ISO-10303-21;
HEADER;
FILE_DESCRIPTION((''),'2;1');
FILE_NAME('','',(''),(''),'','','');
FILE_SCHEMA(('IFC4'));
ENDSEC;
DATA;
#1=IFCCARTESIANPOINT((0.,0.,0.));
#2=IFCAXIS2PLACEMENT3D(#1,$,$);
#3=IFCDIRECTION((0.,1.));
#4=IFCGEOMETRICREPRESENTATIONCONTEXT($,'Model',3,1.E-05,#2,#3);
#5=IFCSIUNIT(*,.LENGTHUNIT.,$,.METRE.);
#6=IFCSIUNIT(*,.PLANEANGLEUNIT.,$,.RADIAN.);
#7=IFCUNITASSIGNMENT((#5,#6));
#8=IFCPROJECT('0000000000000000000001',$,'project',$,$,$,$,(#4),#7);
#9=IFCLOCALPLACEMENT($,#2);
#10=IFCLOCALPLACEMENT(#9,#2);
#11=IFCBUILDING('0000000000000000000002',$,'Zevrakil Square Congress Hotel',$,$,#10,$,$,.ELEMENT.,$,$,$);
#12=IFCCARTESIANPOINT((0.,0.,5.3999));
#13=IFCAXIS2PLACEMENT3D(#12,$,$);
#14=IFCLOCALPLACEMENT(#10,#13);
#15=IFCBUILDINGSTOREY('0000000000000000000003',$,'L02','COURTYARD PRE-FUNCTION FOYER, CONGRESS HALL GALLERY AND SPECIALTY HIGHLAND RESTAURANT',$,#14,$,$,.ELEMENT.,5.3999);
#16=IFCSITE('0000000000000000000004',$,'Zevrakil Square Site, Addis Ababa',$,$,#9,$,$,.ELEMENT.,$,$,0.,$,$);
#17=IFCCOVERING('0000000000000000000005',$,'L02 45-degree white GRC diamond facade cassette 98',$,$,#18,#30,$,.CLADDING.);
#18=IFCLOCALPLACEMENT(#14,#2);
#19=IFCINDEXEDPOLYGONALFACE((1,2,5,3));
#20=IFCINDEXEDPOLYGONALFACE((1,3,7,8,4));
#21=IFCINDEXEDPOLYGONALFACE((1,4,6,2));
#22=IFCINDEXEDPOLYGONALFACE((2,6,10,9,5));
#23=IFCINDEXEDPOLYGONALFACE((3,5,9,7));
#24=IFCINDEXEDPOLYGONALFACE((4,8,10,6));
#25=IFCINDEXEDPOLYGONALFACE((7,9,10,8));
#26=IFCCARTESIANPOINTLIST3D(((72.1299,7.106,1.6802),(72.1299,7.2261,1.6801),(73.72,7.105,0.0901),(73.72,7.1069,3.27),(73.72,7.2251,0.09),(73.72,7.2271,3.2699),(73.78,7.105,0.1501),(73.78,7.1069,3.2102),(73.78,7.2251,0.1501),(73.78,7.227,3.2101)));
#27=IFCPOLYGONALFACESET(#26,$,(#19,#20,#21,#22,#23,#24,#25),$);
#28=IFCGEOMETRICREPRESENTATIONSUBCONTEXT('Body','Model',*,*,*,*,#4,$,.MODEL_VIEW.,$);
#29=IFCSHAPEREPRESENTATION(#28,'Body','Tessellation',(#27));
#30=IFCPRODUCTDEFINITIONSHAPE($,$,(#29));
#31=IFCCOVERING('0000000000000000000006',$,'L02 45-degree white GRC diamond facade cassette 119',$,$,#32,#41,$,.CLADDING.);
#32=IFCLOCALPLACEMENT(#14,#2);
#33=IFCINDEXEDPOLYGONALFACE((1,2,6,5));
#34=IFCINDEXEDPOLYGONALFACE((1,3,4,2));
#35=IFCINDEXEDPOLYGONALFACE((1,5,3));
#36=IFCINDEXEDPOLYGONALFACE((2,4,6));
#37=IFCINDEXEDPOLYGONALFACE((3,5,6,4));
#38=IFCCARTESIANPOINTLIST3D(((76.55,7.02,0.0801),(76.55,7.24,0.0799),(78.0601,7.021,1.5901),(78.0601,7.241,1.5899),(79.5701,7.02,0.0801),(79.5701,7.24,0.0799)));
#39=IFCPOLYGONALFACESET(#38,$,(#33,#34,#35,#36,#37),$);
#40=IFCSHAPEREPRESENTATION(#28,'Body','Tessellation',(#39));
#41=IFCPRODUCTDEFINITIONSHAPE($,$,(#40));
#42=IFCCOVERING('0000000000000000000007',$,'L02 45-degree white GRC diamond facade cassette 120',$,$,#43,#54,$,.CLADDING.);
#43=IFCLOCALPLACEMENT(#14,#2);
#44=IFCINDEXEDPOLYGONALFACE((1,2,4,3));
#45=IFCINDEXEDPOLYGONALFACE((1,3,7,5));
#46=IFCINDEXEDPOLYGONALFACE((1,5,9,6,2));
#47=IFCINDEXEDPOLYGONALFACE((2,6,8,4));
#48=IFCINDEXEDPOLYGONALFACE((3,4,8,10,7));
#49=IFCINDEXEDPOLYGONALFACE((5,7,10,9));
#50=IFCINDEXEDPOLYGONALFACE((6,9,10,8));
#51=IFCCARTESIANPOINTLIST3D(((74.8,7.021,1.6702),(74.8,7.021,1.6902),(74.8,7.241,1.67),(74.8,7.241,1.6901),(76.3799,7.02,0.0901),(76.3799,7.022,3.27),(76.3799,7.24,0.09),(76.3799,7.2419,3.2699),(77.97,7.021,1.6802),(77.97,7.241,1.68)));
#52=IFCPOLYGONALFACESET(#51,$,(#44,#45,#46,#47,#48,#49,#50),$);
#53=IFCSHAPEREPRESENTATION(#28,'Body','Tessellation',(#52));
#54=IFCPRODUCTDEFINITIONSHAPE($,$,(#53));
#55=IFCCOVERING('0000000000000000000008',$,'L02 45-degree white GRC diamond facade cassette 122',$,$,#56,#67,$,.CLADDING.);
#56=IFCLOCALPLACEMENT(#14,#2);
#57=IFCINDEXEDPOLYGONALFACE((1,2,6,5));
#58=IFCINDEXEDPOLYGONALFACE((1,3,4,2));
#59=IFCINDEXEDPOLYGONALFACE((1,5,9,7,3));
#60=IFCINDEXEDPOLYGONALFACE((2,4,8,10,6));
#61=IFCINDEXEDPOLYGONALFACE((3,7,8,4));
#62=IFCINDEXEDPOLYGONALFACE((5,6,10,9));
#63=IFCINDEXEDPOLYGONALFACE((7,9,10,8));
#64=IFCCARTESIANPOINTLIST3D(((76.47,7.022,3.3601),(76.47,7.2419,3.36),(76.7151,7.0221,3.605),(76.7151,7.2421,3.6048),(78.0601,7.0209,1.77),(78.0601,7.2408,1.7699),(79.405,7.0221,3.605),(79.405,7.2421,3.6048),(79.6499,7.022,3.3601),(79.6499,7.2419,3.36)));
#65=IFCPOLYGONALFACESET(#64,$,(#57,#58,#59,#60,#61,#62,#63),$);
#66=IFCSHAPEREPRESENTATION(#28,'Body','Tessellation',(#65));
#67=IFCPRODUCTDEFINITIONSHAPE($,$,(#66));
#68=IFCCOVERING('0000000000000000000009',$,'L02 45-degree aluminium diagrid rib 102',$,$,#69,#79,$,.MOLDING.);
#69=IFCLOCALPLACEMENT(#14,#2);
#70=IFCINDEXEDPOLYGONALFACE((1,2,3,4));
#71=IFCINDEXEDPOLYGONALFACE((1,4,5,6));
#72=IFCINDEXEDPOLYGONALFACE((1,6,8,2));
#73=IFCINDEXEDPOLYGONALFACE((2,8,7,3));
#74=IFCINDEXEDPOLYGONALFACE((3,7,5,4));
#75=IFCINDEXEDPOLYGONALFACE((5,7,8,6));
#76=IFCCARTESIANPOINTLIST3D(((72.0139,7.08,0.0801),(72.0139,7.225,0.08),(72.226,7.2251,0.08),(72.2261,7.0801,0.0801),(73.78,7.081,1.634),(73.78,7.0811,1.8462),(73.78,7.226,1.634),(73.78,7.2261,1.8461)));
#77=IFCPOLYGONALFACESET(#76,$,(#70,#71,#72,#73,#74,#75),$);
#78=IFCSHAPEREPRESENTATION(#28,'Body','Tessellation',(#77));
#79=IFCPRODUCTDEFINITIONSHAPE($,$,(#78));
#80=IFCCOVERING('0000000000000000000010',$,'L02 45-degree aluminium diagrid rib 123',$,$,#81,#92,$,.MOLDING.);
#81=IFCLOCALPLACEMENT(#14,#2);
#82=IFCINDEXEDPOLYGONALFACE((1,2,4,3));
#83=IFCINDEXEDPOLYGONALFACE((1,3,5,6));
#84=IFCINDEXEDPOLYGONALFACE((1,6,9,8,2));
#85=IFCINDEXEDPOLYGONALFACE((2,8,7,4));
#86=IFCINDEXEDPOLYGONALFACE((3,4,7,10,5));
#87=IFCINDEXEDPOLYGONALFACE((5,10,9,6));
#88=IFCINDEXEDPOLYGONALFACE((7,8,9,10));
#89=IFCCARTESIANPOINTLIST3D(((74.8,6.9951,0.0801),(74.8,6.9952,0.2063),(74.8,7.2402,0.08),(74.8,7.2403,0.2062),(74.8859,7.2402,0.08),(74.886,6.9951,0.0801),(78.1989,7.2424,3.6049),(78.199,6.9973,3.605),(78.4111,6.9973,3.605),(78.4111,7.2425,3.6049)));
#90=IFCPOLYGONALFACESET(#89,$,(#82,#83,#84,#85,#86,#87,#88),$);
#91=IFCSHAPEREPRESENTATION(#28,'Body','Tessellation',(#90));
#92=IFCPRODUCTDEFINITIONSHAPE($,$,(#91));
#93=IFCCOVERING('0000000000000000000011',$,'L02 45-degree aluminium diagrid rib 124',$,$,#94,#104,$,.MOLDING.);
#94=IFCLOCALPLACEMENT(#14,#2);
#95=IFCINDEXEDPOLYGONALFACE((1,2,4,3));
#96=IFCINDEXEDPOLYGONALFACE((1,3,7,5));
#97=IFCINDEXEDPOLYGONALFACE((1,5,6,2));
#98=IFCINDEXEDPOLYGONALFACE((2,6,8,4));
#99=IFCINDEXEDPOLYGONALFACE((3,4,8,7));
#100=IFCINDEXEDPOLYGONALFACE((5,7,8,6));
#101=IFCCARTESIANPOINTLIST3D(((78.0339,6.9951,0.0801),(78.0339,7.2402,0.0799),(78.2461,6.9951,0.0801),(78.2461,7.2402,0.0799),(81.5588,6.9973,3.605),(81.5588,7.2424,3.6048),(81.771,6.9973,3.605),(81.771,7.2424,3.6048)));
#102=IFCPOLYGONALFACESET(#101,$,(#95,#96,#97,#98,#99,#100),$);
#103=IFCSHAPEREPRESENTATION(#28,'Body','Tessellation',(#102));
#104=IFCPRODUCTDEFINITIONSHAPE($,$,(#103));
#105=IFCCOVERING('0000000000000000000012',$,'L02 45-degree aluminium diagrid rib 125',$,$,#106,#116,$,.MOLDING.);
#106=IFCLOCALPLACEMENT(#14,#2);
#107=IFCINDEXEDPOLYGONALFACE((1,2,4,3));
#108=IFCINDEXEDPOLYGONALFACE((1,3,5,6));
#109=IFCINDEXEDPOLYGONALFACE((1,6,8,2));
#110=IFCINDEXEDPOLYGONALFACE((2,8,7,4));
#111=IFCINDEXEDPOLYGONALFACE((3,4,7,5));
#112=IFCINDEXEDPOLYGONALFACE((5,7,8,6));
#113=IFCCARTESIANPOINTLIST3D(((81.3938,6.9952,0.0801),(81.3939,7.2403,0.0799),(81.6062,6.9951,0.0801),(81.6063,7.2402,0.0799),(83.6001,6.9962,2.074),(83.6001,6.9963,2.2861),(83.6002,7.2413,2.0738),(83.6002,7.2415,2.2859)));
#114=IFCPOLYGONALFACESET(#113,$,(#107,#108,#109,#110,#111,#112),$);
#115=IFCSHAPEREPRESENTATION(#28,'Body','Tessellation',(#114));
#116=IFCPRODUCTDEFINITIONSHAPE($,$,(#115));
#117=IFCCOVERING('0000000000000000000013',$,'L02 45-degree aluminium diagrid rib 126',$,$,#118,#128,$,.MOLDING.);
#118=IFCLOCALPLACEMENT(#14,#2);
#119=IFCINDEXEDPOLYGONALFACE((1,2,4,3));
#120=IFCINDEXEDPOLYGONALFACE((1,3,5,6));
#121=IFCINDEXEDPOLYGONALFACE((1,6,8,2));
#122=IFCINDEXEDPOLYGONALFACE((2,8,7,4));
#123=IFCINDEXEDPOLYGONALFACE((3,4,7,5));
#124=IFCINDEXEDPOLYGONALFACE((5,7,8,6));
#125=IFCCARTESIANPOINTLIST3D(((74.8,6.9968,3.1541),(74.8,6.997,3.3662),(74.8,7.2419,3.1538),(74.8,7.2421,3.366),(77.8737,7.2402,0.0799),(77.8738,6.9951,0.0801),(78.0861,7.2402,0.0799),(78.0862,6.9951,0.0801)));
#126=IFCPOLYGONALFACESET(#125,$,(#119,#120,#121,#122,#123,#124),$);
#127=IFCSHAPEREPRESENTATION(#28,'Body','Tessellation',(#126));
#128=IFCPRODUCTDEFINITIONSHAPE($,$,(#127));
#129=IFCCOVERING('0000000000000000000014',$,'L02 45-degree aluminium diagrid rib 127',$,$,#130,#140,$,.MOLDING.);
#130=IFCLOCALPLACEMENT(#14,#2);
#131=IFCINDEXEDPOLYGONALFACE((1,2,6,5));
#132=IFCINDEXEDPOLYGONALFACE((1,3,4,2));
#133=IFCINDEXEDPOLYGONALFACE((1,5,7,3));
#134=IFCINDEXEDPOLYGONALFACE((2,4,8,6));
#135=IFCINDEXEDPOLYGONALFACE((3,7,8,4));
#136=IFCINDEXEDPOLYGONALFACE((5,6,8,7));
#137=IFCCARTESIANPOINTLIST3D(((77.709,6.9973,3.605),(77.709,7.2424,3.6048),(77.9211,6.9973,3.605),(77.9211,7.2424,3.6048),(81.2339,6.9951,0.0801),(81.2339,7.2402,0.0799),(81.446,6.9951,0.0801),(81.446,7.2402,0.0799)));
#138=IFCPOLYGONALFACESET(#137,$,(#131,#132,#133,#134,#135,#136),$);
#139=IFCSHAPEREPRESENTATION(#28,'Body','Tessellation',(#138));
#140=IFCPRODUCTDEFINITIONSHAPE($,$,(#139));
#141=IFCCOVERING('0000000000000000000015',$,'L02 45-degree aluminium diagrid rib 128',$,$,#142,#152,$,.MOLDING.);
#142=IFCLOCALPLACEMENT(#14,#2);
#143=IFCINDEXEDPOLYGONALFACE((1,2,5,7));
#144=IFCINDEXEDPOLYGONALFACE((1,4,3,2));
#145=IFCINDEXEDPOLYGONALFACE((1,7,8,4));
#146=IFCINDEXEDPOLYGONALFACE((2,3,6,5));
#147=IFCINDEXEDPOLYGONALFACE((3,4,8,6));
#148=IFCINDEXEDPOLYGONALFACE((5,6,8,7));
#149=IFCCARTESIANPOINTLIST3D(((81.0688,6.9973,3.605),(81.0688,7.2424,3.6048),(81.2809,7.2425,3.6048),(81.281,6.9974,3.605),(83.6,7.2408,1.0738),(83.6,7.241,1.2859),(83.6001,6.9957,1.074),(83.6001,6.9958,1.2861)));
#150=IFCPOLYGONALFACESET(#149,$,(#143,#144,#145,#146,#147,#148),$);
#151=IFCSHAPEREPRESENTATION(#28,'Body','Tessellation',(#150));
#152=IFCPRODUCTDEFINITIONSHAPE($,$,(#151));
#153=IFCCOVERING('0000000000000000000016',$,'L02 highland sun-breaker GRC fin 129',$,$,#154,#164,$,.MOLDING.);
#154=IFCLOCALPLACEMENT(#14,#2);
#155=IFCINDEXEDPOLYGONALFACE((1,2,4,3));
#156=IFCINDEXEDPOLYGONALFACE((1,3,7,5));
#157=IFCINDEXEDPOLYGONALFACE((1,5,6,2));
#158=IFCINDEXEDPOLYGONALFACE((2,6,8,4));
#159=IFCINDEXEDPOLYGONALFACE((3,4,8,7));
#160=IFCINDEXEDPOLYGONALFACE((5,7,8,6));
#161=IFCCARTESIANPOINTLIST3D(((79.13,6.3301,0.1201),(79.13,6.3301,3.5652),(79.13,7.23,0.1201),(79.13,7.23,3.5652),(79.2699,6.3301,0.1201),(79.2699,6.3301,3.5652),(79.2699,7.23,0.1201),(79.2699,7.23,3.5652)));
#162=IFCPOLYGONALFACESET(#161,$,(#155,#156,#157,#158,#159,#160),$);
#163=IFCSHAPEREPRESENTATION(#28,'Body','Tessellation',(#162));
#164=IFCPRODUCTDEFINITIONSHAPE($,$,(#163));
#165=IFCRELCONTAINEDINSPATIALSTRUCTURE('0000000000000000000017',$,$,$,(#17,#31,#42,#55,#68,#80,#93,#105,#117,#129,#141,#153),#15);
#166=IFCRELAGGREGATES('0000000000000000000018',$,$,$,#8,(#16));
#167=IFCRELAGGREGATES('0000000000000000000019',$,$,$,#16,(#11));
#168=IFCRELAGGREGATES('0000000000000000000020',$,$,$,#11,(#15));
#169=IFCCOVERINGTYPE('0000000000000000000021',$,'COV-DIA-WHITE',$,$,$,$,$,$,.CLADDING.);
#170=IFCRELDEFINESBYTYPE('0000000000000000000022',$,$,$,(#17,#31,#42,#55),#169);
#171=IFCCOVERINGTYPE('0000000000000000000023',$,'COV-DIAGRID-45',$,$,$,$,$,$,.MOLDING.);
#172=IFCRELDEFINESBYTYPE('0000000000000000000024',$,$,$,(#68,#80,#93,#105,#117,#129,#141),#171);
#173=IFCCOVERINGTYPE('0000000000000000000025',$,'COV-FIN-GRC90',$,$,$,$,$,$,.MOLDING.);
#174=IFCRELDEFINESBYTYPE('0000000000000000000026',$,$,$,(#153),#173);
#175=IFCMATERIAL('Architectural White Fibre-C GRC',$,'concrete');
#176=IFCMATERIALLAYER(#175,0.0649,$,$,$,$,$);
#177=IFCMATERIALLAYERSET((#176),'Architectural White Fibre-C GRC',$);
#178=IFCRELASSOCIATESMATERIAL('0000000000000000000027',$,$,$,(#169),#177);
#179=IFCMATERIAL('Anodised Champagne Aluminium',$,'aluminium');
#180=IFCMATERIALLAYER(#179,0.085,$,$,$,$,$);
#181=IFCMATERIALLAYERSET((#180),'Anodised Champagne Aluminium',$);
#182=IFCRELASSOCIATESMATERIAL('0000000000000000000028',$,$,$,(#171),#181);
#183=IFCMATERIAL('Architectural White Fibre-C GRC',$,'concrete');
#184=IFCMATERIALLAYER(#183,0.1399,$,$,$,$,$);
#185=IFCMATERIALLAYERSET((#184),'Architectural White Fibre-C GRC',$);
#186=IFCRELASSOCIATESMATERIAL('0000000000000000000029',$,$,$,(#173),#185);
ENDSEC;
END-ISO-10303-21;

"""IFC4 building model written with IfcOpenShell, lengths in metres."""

from ifc_helpers import new_model, si_unit, direction, frame, origin, origin_2d, place, context, subcontext, project, spatial, polyline, rectangle, outline, extrude, material, layer, layer_set, type_object, element, save


model = new_model("IFC4")

# Units and contexts
model_context = context("Model", 3, precision=1e-05, world=origin(), true_north=direction((0.0, 1.0)))
body_context = subcontext(model_context, "Body", "Model", "MODEL_VIEW")
ifc_project = project(units=[si_unit("LENGTHUNIT", "METRE"), si_unit("PLANEANGLEUNIT", "RADIAN")], contexts=[model_context])

# Site, building, storey
site_placement = place(None, origin())
site = spatial("IfcSite", under=ifc_project, at=site_placement, Name="Zevrakil Square Site, Addis Ababa", CompositionType="ELEMENT", RefElevation=0.0)
building_placement = place(site_placement, origin())
building = spatial("IfcBuilding", under=site, at=building_placement, Name="Zevrakil Square Congress Hotel", CompositionType="ELEMENT")
storey_placement = place(building_placement, frame((0.0, 0.0, 5.3999)))
storey = spatial("IfcBuildingStorey", under=building, at=storey_placement, Name="L02", Description="COURTYARD PRE-FUNCTION FOYER, CONGRESS HALL GALLERY AND SPECIALTY HIGHLAND RESTAURANT", CompositionType="ELEMENT", Elevation=5.3999)

# Coverings
ifc_material_1 = material(Name="Architectural White Fibre-C GRC", Category="concrete")
ifc_layer_1 = layer(ifc_material_1, 0.0649)
ifc_layer_set_1 = layer_set([ifc_layer_1], Name="Architectural White Fibre-C GRC")
covering_type_1 = type_object("IfcCoveringType", Name="COV-DIA-WHITE", PredefinedType="CLADDING", material=ifc_layer_set_1)
covering_1_placement = place(storey_placement, frame((73.72, 7.105, 0.0901), z_axis=(0.0, -1.0, 0.000615), x_axis=(-0.707107, 0.000435, 0.707107)))
element("IfcCovering", 1, at=covering_1_placement, inside=storey, type_object=covering_type_1, Name="L02 45-degree white GRC diamond facade cassette 98", PredefinedType="CLADDING", context=body_context, shape_type="SweptSolid", body=[
    extrude(outline(polyline([(0.0, 0.0), (2.2487, 0.0), (2.2486, -2.2486), (2.1638, -2.2487), (0.0, -0.0849), (0.0, 0.0)])), origin(), (0.0, 0.0, -1.0), 0.1201),
])
covering_2_placement = place(storey_placement, frame((78.0601, 7.021, 1.5901), z_axis=(0.0, -1.0, 0.000647), x_axis=(0.707107, -0.000457, -0.707107)))
element("IfcCovering", 2, at=covering_2_placement, inside=storey, type_object=covering_type_1, Name="L02 45-degree white GRC diamond facade cassette 119", PredefinedType="CLADDING", context=body_context, shape_type="SweptSolid", body=[
    extrude(outline(polyline([(0.0, 0.0), (2.1355, 0.0), (0.0, -2.1355), (0.0, 0.0)])), origin(), (0.0, 0.0, -1.0), 0.22),
])
covering_3_placement = place(storey_placement, frame((76.3799, 7.022, 3.27), z_axis=(0.0, -1.0, 0.000612), x_axis=(0.707161, -0.000433, -0.707052)))
element("IfcCovering", 3, at=covering_3_placement, inside=storey, type_object=covering_type_1, Name="L02 45-degree white GRC diamond facade cassette 120", PredefinedType="CLADDING", context=body_context, shape_type="SweptSolid", body=[
    extrude(outline(polyline([(0.0, 0.0), (2.2486, 0.0), (2.2484, -2.2487), (0.014, -2.2484), (-0.0002, -2.2342), (0.0, 0.0)])), origin(), (0.0, 0.0, -1.0), 0.22),
])
covering_4_placement = place(storey_placement, frame((79.6499, 7.022, 3.3601), z_axis=(0.0, -1.0, 0.000699), x_axis=(-0.707052, -0.000494, -0.707161)))
element("IfcCovering", 4, at=covering_4_placement, inside=storey, type_object=covering_type_1, Name="L02 45-degree white GRC diamond facade cassette 122", PredefinedType="CLADDING", context=body_context, shape_type="SweptSolid", body=[
    extrude(outline(polyline([(0.0, 0.0), (2.2486, 0.0), (2.2484, -2.2487), (1.9019, -2.2485), (0.0, -0.3463), (0.0, 0.0)])), origin(), (0.0, 0.0, -1.0), 0.22),
])
ifc_material_2 = material(Name="Anodised Champagne Aluminium", Category="aluminium")
ifc_layer_2 = layer(ifc_material_2, 0.085)
ifc_layer_set_2 = layer_set([ifc_layer_2], Name="Anodised Champagne Aluminium")
covering_type_2 = type_object("IfcCoveringType", Name="COV-DIAGRID-45", PredefinedType="MOLDING", material=ifc_layer_set_2)
covering_5_placement = place(storey_placement, frame((72.2261, 7.0801, 0.0801), z_axis=(0.000294, -1.0, 0.000294), x_axis=(-1.0, -0.000294, 0.0)))
element("IfcCovering", 5, at=covering_5_placement, inside=storey, type_object=covering_type_2, Name="L02 45-degree aluminium diagrid rib 102", PredefinedType="MOLDING", context=body_context, shape_type="SweptSolid", body=[
    extrude(outline(polyline([(0.0, 0.0), (0.2122, 0.0), (-1.554, -1.7661), (-1.554, -1.554), (0.0, 0.0)])), origin(), (0.0, 0.0, -1.0), 0.145),
])
covering_6_placement = place(storey_placement, frame((74.886, 6.9951, 0.0801), z_axis=(0.000187, -1.0, 0.000443), x_axis=(-1.0, -0.000187, 0.0)))
element("IfcCovering", 6, at=covering_6_placement, inside=storey, type_object=covering_type_2, Name="L02 45-degree aluminium diagrid rib 123", PredefinedType="MOLDING", context=body_context, shape_type="SweptSolid", body=[
    extrude(outline(polyline([(0.0, 0.0), (0.0859, 0.0), (0.0859, -0.1262), (-3.313, -3.5249), (-3.5251, -3.5249), (0.0, 0.0)])), origin(), (0.0, 0.0, -1.0), 0.2451),
])
covering_7_placement = place(storey_placement, frame((78.2461, 6.9951, 0.0801), z_axis=(0.0, -1.0, 0.000623), x_axis=(-1.0, 0.0, 0.0)))
element("IfcCovering", 7, at=covering_7_placement, inside=storey, type_object=covering_type_2, Name="L02 45-degree aluminium diagrid rib 124", PredefinedType="MOLDING", context=body_context, shape_type="SweptSolid", body=[
    extrude(outline(polyline([(0.0, 0.0), (0.2122, 0.0), (-3.3127, -3.5249), (-3.5249, -3.5249), (0.0, 0.0)])), origin(), (0.0, 0.0, -1.0), 0.2451),
])
covering_8_placement = place(storey_placement, frame((81.6062, 6.9951, 0.0801), z_axis=(-0.000314, -1.0, 0.000837), x_axis=(-1.0, 0.000314, 0.0)))
element("IfcCovering", 8, at=covering_8_placement, inside=storey, type_object=covering_type_2, Name="L02 45-degree aluminium diagrid rib 125", PredefinedType="MOLDING", context=body_context, shape_type="SweptSolid", body=[
    extrude(outline(polyline([(0.0, 0.0), (0.2124, 0.0), (-1.9939, -2.2061), (-1.9939, -1.9939), (0.0, 0.0)])), origin(), (0.0, 0.0, -1.0), 0.2451),
])
covering_9_placement = place(storey_placement, frame((74.8, 6.9968, 3.1541), z_axis=(0.000287, -1.0, 0.000863), x_axis=(0.0, 0.000863, 1.0)))
element("IfcCovering", 9, at=covering_9_placement, inside=storey, type_object=covering_type_2, Name="L02 45-degree aluminium diagrid rib 126", PredefinedType="MOLDING", context=body_context, shape_type="SweptSolid", body=[
    extrude(outline(polyline([(0.0, 0.0), (0.2122, 0.0), (-3.074, -3.2861), (-3.074, -3.0737), (0.0, 0.0)])), origin(), (0.0, 0.0, -1.0), 0.2451),
])
covering_10_placement = place(storey_placement, frame((77.709, 6.9973, 3.605), z_axis=(0.0, -1.0, 0.000623), x_axis=(1.0, 0.0, 0.0)))
element("IfcCovering", 10, at=covering_10_placement, inside=storey, type_object=covering_type_2, Name="L02 45-degree aluminium diagrid rib 127", PredefinedType="MOLDING", context=body_context, shape_type="SweptSolid", body=[
    extrude(outline(polyline([(0.0, 0.0), (0.2122, 0.0), (3.7371, -3.5249), (3.5249, -3.5249), (0.0, 0.0)])), origin(), (0.0, 0.0, -1.0), 0.2451),
])
covering_11_placement = place(storey_placement, frame((81.0688, 6.9973, 3.605), z_axis=(0.000248, -1.0, 0.000903), x_axis=(1.0, 0.000248, 0.0)))
element("IfcCovering", 11, at=covering_11_placement, inside=storey, type_object=covering_type_2, Name="L02 45-degree aluminium diagrid rib 128", PredefinedType="MOLDING", context=body_context, shape_type="SweptSolid", body=[
    extrude(outline(polyline([(0.0, 0.0), (0.2122, 0.0), (2.5313, -2.3188), (2.5313, -2.531), (0.0, 0.0)])), origin(), (0.0, 0.0, -1.0), 0.2451),
])
ifc_material_3 = material(Name="Architectural White Fibre-C GRC", Category="concrete")
ifc_layer_3 = layer(ifc_material_3, 0.1399)
ifc_layer_set_3 = layer_set([ifc_layer_3], Name="Architectural White Fibre-C GRC")
covering_type_3 = type_object("IfcCoveringType", Name="COV-FIN-GRC90", PredefinedType="MOLDING", material=ifc_layer_set_3)
covering_12_placement = place(storey_placement, frame((79.2, 6.78, 0.1201), z_axis=(0.0, 0.0, 1.0), x_axis=(0.0, -1.0, 0.0)))
element("IfcCovering", 12, at=covering_12_placement, inside=storey, type_object=covering_type_3, Name="L02 highland sun-breaker GRC fin 129", PredefinedType="MOLDING", context=body_context, shape_type="SweptSolid", body=[
    extrude(rectangle(XDim=0.8999, YDim=0.1399, at=origin_2d()), origin(), (0.0, 0.0, 1.0), 3.4451),
])

save(model, "model.ifc")
